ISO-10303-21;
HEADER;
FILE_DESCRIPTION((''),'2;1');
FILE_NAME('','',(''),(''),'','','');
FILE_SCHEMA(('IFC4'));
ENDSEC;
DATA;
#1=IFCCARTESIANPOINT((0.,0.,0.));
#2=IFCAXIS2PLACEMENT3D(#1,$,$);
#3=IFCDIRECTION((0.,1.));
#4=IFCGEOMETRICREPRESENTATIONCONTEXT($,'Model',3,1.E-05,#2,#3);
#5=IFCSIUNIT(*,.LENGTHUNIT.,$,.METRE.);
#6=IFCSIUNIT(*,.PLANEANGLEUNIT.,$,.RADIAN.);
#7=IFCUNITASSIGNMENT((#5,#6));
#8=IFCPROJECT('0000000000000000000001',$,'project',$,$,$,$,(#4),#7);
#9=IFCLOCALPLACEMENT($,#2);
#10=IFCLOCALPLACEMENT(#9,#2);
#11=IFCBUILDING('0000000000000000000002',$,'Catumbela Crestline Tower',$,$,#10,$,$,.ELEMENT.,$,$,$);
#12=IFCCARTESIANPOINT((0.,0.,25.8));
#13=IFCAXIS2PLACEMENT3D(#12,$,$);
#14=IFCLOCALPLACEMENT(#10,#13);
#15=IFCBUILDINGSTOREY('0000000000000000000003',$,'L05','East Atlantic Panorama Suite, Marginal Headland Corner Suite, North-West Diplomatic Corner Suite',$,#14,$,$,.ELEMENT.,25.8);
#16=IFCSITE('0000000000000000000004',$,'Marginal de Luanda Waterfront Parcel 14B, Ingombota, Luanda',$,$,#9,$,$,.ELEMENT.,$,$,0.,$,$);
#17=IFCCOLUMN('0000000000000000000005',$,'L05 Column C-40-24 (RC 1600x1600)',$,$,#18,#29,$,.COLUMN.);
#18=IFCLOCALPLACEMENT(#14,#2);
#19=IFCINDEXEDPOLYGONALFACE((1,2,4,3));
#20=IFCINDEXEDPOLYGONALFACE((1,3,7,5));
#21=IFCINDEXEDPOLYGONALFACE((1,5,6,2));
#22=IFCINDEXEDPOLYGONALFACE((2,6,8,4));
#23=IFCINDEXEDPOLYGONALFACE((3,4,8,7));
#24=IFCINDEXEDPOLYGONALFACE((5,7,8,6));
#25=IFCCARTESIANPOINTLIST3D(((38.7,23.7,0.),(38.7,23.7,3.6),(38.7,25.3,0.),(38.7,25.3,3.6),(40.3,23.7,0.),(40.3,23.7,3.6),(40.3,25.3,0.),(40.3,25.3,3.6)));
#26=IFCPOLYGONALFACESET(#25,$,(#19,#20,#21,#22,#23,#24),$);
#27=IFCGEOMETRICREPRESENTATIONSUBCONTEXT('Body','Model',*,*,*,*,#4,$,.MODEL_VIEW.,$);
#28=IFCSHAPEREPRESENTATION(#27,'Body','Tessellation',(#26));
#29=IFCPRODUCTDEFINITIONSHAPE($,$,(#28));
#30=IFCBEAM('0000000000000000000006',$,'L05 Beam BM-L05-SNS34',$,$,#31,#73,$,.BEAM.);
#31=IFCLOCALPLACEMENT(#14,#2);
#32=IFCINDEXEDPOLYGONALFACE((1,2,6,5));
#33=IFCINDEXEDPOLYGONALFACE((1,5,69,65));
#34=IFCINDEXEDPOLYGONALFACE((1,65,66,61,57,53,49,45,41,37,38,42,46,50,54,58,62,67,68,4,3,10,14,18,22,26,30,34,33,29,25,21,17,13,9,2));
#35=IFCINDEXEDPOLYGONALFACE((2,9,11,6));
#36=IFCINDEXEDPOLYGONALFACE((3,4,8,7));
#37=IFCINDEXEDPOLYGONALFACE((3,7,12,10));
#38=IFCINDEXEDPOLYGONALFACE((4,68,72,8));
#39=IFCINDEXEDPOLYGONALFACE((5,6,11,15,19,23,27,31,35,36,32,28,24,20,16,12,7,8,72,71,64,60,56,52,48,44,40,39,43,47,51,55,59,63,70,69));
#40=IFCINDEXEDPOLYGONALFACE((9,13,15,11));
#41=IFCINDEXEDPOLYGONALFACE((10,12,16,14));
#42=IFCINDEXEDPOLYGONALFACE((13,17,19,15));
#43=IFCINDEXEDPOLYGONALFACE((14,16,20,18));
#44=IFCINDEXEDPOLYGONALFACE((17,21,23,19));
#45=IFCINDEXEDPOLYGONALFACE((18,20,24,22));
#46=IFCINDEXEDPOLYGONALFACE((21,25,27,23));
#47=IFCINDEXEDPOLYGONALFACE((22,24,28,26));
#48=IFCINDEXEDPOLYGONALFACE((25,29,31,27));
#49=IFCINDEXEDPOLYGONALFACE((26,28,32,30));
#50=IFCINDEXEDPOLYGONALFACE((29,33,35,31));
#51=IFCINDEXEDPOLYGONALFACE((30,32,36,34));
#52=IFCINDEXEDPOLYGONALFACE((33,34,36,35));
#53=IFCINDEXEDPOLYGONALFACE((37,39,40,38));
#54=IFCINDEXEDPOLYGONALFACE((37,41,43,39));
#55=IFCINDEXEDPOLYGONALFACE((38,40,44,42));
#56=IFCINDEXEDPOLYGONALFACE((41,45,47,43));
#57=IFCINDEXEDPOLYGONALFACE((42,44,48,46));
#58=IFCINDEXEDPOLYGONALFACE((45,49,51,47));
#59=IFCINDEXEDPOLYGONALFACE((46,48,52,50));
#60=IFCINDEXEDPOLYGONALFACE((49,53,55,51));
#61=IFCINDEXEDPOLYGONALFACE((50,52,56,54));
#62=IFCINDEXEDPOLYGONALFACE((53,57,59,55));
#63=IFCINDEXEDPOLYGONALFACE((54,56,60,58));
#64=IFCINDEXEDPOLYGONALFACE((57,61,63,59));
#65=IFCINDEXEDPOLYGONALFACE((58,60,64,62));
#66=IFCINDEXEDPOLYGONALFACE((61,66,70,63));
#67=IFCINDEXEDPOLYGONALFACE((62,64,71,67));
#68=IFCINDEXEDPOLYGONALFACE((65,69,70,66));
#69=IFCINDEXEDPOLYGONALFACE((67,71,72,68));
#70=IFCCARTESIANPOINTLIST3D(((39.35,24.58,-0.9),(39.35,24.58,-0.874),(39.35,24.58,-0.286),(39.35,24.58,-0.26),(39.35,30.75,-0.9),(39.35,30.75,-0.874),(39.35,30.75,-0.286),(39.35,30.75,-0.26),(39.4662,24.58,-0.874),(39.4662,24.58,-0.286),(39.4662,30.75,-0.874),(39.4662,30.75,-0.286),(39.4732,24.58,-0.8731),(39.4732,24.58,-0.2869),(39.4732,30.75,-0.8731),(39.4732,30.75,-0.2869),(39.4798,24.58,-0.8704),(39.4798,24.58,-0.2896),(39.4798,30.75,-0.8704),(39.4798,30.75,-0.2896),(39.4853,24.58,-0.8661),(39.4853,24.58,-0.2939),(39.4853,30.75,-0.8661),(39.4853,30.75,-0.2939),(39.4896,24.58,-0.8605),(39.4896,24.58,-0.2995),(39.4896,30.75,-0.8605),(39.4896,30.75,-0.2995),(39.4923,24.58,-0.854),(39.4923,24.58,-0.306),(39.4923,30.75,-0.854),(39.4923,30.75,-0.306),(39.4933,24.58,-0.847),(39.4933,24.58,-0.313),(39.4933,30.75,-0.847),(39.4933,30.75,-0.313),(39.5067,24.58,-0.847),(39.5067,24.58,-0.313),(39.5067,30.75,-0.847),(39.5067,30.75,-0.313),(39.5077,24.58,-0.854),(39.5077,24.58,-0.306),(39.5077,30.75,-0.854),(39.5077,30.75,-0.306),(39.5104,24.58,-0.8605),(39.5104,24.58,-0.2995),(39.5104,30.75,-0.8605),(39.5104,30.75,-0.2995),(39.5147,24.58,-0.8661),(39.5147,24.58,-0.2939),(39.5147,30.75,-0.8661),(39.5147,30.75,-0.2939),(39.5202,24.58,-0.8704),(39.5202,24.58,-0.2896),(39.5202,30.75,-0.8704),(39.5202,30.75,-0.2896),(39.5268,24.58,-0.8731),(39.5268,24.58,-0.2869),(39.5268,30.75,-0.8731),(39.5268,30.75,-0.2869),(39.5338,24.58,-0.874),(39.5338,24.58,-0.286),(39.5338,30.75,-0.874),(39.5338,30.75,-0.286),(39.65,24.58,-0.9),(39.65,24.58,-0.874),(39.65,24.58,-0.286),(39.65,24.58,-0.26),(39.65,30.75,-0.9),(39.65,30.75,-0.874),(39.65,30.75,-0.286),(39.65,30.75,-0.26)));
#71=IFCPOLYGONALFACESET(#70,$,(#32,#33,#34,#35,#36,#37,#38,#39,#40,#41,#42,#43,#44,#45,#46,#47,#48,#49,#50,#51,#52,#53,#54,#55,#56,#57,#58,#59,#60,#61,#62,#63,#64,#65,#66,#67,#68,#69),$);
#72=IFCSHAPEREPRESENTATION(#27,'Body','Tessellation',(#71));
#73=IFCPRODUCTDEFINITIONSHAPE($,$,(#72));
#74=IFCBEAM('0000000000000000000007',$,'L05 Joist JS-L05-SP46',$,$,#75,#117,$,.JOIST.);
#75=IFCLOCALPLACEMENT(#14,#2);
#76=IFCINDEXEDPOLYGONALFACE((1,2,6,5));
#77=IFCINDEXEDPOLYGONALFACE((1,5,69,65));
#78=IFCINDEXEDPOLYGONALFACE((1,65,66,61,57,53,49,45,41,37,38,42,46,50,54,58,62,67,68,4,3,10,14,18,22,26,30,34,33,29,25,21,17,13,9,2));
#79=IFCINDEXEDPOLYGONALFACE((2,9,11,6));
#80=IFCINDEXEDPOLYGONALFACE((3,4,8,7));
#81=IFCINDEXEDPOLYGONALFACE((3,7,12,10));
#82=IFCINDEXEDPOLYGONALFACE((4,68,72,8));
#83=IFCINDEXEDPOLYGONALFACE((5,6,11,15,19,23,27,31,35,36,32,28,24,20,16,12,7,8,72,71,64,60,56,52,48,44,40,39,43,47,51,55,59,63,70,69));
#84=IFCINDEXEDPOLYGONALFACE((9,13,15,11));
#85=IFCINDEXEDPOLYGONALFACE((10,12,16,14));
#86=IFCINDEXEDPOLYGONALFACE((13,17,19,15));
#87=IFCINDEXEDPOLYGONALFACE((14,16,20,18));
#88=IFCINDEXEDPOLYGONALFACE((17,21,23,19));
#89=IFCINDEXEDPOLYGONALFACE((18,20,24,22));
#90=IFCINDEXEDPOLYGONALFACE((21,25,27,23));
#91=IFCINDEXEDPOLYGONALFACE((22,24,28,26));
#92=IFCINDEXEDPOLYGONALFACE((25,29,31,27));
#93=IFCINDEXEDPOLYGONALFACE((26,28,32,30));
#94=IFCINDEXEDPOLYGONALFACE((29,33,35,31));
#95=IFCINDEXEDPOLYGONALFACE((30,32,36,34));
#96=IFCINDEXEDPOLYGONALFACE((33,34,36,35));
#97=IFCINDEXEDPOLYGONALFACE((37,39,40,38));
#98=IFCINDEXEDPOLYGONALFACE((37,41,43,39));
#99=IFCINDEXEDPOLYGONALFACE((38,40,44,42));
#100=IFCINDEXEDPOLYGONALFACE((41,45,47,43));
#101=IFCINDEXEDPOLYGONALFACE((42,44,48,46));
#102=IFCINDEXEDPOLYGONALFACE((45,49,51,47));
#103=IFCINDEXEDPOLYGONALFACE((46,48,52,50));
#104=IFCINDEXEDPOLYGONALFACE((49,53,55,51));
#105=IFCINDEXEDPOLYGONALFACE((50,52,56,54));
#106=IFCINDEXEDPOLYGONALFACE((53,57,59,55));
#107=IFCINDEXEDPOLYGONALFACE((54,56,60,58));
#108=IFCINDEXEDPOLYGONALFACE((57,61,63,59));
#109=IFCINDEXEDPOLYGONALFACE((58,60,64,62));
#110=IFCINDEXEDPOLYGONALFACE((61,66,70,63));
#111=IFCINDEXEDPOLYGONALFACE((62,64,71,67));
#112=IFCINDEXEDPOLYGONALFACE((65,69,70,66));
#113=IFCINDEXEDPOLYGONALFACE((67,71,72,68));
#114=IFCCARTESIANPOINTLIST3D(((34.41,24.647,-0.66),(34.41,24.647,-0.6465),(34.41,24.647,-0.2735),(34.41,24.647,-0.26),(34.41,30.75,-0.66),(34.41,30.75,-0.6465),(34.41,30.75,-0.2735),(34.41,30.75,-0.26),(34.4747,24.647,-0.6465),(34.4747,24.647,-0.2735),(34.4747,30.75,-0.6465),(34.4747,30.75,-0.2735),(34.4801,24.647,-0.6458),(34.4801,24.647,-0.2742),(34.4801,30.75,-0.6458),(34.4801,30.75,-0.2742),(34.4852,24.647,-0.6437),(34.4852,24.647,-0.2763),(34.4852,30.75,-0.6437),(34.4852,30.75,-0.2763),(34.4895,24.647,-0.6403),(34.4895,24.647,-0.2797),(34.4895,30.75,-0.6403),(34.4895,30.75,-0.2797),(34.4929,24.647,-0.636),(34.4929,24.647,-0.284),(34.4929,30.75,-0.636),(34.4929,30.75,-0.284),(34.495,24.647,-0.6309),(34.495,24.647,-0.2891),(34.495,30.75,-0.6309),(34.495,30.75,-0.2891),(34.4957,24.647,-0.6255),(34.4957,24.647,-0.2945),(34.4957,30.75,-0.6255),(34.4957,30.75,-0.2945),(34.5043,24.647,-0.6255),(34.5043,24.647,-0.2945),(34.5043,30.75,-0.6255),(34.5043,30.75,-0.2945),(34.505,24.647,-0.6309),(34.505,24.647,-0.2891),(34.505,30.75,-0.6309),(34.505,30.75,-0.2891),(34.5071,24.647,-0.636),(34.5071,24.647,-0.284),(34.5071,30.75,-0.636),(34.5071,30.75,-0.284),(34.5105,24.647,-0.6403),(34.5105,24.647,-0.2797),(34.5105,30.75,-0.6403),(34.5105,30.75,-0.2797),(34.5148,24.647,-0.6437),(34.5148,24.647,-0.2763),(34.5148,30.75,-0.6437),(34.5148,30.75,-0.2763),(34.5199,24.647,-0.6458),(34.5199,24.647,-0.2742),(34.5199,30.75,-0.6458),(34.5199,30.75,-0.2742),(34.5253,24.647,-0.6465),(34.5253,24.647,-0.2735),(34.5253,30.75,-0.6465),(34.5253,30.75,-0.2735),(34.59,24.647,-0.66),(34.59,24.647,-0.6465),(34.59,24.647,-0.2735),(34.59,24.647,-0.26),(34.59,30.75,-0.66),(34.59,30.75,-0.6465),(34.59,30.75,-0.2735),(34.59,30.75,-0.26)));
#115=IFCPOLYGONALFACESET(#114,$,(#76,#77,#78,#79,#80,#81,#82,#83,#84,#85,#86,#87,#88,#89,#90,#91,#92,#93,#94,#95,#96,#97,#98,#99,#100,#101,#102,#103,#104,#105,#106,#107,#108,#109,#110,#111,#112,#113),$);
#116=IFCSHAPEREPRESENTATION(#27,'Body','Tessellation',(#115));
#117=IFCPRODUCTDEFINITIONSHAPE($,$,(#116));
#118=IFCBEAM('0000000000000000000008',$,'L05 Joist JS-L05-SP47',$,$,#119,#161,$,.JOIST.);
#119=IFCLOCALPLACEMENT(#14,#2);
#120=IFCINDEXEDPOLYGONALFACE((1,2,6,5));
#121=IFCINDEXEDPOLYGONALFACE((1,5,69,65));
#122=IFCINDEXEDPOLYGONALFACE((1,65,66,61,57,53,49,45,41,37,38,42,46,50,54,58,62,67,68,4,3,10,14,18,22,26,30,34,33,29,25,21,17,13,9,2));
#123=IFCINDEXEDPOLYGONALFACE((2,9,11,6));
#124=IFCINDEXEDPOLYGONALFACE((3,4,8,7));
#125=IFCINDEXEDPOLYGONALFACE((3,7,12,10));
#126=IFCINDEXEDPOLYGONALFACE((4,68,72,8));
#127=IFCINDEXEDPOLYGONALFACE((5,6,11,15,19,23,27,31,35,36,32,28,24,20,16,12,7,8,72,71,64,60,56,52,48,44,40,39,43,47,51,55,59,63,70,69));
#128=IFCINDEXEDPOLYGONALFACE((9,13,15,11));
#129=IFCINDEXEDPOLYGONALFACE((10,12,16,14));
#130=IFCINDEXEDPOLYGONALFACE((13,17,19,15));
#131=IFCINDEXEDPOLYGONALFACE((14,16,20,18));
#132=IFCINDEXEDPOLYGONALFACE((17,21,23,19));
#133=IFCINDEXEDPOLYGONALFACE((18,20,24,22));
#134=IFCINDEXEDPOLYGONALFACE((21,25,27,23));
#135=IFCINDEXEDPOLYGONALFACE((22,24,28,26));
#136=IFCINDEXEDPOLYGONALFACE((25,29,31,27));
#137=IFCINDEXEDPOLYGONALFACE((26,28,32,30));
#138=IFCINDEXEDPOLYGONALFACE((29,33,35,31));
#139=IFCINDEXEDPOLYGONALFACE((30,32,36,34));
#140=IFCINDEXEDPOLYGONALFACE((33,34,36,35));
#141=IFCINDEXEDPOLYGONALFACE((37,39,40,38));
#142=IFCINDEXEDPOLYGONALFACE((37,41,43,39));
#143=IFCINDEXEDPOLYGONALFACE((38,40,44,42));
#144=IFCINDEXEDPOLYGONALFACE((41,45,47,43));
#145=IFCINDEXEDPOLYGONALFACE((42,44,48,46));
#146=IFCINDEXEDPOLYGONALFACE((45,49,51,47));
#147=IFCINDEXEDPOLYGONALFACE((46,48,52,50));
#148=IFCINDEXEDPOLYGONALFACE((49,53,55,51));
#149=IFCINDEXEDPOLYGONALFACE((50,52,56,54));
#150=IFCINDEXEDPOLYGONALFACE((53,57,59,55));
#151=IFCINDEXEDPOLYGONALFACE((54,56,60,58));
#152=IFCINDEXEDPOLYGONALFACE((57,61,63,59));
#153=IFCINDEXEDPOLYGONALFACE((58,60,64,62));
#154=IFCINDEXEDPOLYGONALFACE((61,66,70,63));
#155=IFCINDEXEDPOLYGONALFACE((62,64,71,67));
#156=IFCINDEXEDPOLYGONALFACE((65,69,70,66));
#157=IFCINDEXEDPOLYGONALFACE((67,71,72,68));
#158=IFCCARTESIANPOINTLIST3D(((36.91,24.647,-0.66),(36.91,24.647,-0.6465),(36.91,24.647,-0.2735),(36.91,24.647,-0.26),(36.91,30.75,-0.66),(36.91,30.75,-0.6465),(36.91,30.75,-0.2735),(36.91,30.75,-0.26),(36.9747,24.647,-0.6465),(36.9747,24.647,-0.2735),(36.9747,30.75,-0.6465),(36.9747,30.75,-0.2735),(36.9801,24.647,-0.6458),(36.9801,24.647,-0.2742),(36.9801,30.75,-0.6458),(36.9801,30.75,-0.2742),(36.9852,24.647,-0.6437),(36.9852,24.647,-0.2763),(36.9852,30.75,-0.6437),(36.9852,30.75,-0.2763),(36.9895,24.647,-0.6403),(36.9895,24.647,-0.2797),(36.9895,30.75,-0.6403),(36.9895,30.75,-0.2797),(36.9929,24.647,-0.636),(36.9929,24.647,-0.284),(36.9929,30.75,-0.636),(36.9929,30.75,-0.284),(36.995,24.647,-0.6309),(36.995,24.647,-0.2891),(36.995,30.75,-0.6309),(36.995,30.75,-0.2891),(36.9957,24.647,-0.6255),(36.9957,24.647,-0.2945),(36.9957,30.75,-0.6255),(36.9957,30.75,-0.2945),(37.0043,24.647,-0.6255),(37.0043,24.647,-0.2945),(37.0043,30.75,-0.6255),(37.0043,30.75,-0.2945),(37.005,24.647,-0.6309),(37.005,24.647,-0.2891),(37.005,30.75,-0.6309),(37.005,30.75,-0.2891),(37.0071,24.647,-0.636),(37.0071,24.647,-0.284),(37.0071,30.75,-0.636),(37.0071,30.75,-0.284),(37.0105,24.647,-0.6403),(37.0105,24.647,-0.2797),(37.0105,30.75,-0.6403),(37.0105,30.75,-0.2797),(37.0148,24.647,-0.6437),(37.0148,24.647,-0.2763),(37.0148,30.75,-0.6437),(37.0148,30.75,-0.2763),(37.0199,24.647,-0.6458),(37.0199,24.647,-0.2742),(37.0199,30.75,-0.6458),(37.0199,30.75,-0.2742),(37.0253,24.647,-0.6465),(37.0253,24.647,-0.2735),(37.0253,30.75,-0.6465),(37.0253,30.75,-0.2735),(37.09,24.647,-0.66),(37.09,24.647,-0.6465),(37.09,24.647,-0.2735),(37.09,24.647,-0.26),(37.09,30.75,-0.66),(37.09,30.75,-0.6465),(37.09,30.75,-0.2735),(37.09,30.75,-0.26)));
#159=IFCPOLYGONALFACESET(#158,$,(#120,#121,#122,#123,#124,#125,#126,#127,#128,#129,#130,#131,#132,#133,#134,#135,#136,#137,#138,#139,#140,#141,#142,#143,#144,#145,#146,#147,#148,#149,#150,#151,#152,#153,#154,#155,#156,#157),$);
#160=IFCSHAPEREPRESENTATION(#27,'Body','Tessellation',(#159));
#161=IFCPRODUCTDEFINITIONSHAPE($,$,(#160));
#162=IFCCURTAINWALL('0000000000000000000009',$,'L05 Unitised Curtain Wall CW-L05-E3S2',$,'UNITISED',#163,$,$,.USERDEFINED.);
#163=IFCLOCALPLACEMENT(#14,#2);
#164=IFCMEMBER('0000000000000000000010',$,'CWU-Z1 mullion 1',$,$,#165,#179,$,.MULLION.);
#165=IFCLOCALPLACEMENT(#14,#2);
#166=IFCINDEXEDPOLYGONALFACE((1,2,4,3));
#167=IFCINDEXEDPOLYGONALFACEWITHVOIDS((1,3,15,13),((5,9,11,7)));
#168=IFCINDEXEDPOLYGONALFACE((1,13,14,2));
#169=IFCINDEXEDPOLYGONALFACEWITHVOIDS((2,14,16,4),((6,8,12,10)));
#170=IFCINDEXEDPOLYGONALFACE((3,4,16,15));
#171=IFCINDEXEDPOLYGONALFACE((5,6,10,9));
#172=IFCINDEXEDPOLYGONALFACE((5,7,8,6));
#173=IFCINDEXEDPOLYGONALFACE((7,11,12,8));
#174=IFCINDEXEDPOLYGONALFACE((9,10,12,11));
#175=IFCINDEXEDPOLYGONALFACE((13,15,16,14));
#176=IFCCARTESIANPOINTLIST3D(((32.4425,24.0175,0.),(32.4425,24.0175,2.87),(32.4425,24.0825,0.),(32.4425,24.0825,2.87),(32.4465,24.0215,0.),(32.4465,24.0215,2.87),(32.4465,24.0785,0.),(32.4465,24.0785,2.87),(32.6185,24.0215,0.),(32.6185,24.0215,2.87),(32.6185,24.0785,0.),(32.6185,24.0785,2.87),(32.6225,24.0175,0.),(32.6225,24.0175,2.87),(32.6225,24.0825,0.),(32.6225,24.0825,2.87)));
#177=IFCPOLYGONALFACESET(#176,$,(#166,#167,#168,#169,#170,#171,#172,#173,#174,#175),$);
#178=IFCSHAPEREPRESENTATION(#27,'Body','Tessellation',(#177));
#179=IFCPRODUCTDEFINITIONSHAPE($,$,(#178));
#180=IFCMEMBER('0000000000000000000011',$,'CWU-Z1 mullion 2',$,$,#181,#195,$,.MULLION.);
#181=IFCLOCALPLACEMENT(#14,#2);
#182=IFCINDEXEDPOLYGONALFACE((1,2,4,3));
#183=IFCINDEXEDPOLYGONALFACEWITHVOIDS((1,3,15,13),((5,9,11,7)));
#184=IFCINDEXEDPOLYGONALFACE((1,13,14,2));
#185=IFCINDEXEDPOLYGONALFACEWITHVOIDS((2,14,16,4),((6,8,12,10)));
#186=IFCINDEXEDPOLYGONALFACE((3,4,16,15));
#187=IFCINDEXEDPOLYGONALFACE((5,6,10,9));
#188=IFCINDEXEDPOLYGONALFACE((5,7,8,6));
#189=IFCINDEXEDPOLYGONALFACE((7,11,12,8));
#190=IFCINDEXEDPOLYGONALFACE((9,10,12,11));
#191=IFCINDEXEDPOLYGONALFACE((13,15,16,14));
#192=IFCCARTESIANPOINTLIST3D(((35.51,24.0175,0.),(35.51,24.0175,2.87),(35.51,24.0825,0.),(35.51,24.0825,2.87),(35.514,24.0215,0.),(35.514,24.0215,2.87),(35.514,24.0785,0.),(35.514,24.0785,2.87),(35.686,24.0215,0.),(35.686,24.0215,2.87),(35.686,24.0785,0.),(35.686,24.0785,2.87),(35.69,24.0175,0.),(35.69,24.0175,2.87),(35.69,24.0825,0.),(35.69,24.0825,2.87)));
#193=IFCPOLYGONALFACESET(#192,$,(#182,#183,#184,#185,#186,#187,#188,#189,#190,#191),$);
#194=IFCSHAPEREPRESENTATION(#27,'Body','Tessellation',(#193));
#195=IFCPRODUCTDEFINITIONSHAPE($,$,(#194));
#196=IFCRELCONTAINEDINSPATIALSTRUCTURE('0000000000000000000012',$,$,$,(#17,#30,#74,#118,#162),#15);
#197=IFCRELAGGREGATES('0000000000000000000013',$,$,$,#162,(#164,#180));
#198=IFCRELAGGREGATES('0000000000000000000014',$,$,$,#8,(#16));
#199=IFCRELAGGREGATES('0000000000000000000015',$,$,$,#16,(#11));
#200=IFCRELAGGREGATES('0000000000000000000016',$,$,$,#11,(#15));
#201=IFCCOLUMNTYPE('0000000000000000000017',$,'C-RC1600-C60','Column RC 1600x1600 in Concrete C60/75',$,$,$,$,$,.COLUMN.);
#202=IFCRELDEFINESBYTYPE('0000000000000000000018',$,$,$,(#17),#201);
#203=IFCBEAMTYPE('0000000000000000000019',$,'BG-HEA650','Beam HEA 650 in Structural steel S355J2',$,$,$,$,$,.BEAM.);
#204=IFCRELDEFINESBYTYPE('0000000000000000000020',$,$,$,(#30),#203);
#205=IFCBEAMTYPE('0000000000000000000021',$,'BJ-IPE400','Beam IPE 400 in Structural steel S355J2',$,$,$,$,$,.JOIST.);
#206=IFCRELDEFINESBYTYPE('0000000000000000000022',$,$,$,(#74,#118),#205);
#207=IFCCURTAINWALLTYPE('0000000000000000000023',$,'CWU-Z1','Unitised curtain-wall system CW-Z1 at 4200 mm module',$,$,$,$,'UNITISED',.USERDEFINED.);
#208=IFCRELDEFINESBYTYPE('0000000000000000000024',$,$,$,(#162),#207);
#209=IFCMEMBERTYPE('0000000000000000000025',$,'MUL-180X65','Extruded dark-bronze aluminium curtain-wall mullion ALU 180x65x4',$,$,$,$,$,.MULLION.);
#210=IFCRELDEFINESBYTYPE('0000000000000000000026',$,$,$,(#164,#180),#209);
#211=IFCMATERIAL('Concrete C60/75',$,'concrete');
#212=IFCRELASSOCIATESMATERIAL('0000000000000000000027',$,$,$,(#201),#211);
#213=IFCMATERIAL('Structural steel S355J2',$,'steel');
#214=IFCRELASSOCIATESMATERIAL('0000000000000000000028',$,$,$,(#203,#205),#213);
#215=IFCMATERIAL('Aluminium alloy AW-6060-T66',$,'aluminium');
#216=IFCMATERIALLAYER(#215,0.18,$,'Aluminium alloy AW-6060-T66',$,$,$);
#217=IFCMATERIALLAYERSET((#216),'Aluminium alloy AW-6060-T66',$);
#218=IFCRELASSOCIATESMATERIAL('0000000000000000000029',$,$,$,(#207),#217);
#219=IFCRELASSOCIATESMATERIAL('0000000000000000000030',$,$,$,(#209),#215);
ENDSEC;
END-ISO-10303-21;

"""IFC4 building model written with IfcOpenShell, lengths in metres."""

from ifc_helpers import new_model, si_unit, direction, frame, origin, origin_2d, place, context, subcontext, project, spatial, rectangle, hollow_rectangle, i_section, extrude, material, layer, layer_set, material_profile, profile_set, type_object, element, aggregate, save


model = new_model("IFC4")

# Units and contexts
model_context = context("Model", 3, precision=1e-05, world=origin(), true_north=direction((0.0, 1.0)))
body_context = subcontext(model_context, "Body", "Model", "MODEL_VIEW")
ifc_project = project(units=[si_unit("LENGTHUNIT", "METRE"), si_unit("PLANEANGLEUNIT", "RADIAN")], contexts=[model_context])

# Site, building, storey
site_placement = place(None, origin())
site = spatial("IfcSite", under=ifc_project, at=site_placement, Name="Marginal de Luanda Waterfront Parcel 14B, Ingombota, Luanda", CompositionType="ELEMENT", RefElevation=0.0)
building_placement = place(site_placement, origin())
building = spatial("IfcBuilding", under=site, at=building_placement, Name="Catumbela Crestline Tower", CompositionType="ELEMENT")
storey_placement = place(building_placement, frame((0.0, 0.0, 25.8)))
storey = spatial("IfcBuildingStorey", under=building, at=storey_placement, Name="L05", Description="East Atlantic Panorama Suite, Marginal Headland Corner Suite, North-West Diplomatic Corner Suite", CompositionType="ELEMENT", Elevation=25.8)

# Column
ifc_material_1 = material(Name="Concrete C60/75", Category="concrete")
ifc_material_profile_1 = material_profile(ifc_material_1, rectangle(XDim=1.6, YDim=1.6, at=origin_2d()), Name="RC 1600x1600")
ifc_profile_set_1 = profile_set([ifc_material_profile_1], Name="Concrete C60/75")
column_type = type_object("IfcColumnType", Name="C-RC1600-C60", Description="Column RC 1600x1600 in Concrete C60/75", PredefinedType="COLUMN", material=ifc_profile_set_1)
column_placement = place(storey_placement, frame((39.5, 24.5, 0.0), z_axis=(0.0, 0.0, 1.0), x_axis=(1.0, 0.0, 0.0)))
element("IfcColumn", 1, at=column_placement, inside=storey, type_object=column_type, Name="L05 Column C-40-24 (RC 1600x1600)", PredefinedType="COLUMN", context=body_context, shape_type="SweptSolid", body=[
    extrude(rectangle(XDim=1.6, YDim=1.6, at=origin_2d()), origin(), (0.0, 0.0, 1.0), 3.6),
])

# Beams
ifc_material_2 = material(Name="Structural steel S355J2", Category="steel")
ifc_material_profile_2 = material_profile(ifc_material_2, i_section(OverallWidth=0.3, OverallDepth=0.64, WebThickness=0.0135, FlangeThickness=0.026, FilletRadius=0.027, at=origin_2d()), Name="HEA 650")
ifc_profile_set_2 = profile_set([ifc_material_profile_2], Name="Structural steel S355J2")
beam_type_1 = type_object("IfcBeamType", Name="BG-HEA650", Description="Beam HEA 650 in Structural steel S355J2", PredefinedType="BEAM", material=ifc_profile_set_2)
beam_1_placement = place(storey_placement, frame((39.5, 24.58, -0.58), z_axis=(0.0, 1.0, 0.0), x_axis=(-1.0, 0.0, 0.0)))
element("IfcBeam", 2, at=beam_1_placement, inside=storey, type_object=beam_type_1, Name="L05 Beam BM-L05-SNS34", PredefinedType="BEAM", context=body_context, shape_type="SweptSolid", body=[
    extrude(i_section(OverallWidth=0.3, OverallDepth=0.64, WebThickness=0.0135, FlangeThickness=0.026, FilletRadius=0.027, at=origin_2d()), origin(), (0.0, 0.0, 1.0), 6.17),
])
ifc_material_profile_3 = material_profile(ifc_material_2, i_section(OverallWidth=0.18, OverallDepth=0.4, WebThickness=0.0086, FlangeThickness=0.0135, FilletRadius=0.021, at=origin_2d()), Name="IPE 400")
ifc_profile_set_3 = profile_set([ifc_material_profile_3], Name="Structural steel S355J2")
beam_type_2 = type_object("IfcBeamType", Name="BJ-IPE400", Description="Beam IPE 400 in Structural steel S355J2", PredefinedType="JOIST", material=ifc_profile_set_3)
for number, where, z_axis, x_axis, name in (
    (3, (34.5, 24.647, -0.46), (0.0, 1.0, 0.0), (-1.0, 0.0, 0.0), "L05 Joist JS-L05-SP46"),
    (4, (37.0, 24.647, -0.46), (0.0, 1.0, 0.0), (-1.0, 0.0, 0.0), "L05 Joist JS-L05-SP47"),
):
    element("IfcBeam", number, at=place(storey_placement, frame(where, z_axis=z_axis, x_axis=x_axis)), inside=storey, type_object=beam_type_2, Name=name, PredefinedType="JOIST", context=body_context, shape_type="SweptSolid", body=[
        extrude(i_section(OverallWidth=0.18, OverallDepth=0.4, WebThickness=0.0086, FlangeThickness=0.0135, FilletRadius=0.021, at=origin_2d()), origin(), (0.0, 0.0, 1.0), 6.103),
    ])

# Curtain wall, members
ifc_material_3 = material(Name="Aluminium alloy AW-6060-T66", Category="aluminium")
ifc_layer_1 = layer(ifc_material_3, 0.18, Name="Aluminium alloy AW-6060-T66")
ifc_layer_set_1 = layer_set([ifc_layer_1], Name="Aluminium alloy AW-6060-T66")
curtain_wall_type = type_object("IfcCurtainWallType", Name="CWU-Z1", Description="Unitised curtain-wall system CW-Z1 at 4200 mm module", ElementType="UNITISED", PredefinedType="USERDEFINED", material=ifc_layer_set_1)
curtain_wall_1_placement = place(storey_placement, origin())
curtain_wall_1 = element("IfcCurtainWall", 5, at=curtain_wall_1_placement, inside=storey, type_object=curtain_wall_type, Name="L05 Unitised Curtain Wall CW-L05-E3S2", ObjectType="UNITISED", PredefinedType="USERDEFINED")
ifc_material_profile_4 = material_profile(ifc_material_3, hollow_rectangle(XDim=0.065, YDim=0.18, WallThickness=0.004, at=origin_2d()), Name="ALU 180x65x4")
ifc_profile_set_4 = profile_set([ifc_material_profile_4], Name="Aluminium alloy AW-6060-T66")
member_type_1 = type_object("IfcMemberType", Name="MUL-180X65", Description="Extruded dark-bronze aluminium curtain-wall mullion ALU 180x65x4", PredefinedType="MULLION", material=ifc_profile_set_4)
member_1_placement = place(storey_placement, frame((32.5325, 24.05, 0.0), z_axis=(0.0, 0.0, 1.0), x_axis=(0.0, 1.0, 0.0)))
member_1 = element("IfcMember", 6, at=member_1_placement, type_object=member_type_1, Name="CWU-Z1 mullion 1", PredefinedType="MULLION", context=body_context, shape_type="SweptSolid", body=[
    extrude(hollow_rectangle(XDim=0.065, YDim=0.18, WallThickness=0.004, at=origin_2d()), origin(), (0.0, 0.0, 1.0), 2.87),
])
member_2_placement = place(storey_placement, frame((35.6, 24.05, 0.0), z_axis=(0.0, 0.0, 1.0), x_axis=(0.0, 1.0, 0.0)))
member_2 = element("IfcMember", 7, at=member_2_placement, type_object=member_type_1, Name="CWU-Z1 mullion 2", PredefinedType="MULLION", context=body_context, shape_type="SweptSolid", body=[
    extrude(hollow_rectangle(XDim=0.065, YDim=0.18, WallThickness=0.004, at=origin_2d()), origin(), (0.0, 0.0, 1.0), 2.87),
])

aggregate(curtain_wall_1, [member_1, member_2])

save(model, "model.ifc")
